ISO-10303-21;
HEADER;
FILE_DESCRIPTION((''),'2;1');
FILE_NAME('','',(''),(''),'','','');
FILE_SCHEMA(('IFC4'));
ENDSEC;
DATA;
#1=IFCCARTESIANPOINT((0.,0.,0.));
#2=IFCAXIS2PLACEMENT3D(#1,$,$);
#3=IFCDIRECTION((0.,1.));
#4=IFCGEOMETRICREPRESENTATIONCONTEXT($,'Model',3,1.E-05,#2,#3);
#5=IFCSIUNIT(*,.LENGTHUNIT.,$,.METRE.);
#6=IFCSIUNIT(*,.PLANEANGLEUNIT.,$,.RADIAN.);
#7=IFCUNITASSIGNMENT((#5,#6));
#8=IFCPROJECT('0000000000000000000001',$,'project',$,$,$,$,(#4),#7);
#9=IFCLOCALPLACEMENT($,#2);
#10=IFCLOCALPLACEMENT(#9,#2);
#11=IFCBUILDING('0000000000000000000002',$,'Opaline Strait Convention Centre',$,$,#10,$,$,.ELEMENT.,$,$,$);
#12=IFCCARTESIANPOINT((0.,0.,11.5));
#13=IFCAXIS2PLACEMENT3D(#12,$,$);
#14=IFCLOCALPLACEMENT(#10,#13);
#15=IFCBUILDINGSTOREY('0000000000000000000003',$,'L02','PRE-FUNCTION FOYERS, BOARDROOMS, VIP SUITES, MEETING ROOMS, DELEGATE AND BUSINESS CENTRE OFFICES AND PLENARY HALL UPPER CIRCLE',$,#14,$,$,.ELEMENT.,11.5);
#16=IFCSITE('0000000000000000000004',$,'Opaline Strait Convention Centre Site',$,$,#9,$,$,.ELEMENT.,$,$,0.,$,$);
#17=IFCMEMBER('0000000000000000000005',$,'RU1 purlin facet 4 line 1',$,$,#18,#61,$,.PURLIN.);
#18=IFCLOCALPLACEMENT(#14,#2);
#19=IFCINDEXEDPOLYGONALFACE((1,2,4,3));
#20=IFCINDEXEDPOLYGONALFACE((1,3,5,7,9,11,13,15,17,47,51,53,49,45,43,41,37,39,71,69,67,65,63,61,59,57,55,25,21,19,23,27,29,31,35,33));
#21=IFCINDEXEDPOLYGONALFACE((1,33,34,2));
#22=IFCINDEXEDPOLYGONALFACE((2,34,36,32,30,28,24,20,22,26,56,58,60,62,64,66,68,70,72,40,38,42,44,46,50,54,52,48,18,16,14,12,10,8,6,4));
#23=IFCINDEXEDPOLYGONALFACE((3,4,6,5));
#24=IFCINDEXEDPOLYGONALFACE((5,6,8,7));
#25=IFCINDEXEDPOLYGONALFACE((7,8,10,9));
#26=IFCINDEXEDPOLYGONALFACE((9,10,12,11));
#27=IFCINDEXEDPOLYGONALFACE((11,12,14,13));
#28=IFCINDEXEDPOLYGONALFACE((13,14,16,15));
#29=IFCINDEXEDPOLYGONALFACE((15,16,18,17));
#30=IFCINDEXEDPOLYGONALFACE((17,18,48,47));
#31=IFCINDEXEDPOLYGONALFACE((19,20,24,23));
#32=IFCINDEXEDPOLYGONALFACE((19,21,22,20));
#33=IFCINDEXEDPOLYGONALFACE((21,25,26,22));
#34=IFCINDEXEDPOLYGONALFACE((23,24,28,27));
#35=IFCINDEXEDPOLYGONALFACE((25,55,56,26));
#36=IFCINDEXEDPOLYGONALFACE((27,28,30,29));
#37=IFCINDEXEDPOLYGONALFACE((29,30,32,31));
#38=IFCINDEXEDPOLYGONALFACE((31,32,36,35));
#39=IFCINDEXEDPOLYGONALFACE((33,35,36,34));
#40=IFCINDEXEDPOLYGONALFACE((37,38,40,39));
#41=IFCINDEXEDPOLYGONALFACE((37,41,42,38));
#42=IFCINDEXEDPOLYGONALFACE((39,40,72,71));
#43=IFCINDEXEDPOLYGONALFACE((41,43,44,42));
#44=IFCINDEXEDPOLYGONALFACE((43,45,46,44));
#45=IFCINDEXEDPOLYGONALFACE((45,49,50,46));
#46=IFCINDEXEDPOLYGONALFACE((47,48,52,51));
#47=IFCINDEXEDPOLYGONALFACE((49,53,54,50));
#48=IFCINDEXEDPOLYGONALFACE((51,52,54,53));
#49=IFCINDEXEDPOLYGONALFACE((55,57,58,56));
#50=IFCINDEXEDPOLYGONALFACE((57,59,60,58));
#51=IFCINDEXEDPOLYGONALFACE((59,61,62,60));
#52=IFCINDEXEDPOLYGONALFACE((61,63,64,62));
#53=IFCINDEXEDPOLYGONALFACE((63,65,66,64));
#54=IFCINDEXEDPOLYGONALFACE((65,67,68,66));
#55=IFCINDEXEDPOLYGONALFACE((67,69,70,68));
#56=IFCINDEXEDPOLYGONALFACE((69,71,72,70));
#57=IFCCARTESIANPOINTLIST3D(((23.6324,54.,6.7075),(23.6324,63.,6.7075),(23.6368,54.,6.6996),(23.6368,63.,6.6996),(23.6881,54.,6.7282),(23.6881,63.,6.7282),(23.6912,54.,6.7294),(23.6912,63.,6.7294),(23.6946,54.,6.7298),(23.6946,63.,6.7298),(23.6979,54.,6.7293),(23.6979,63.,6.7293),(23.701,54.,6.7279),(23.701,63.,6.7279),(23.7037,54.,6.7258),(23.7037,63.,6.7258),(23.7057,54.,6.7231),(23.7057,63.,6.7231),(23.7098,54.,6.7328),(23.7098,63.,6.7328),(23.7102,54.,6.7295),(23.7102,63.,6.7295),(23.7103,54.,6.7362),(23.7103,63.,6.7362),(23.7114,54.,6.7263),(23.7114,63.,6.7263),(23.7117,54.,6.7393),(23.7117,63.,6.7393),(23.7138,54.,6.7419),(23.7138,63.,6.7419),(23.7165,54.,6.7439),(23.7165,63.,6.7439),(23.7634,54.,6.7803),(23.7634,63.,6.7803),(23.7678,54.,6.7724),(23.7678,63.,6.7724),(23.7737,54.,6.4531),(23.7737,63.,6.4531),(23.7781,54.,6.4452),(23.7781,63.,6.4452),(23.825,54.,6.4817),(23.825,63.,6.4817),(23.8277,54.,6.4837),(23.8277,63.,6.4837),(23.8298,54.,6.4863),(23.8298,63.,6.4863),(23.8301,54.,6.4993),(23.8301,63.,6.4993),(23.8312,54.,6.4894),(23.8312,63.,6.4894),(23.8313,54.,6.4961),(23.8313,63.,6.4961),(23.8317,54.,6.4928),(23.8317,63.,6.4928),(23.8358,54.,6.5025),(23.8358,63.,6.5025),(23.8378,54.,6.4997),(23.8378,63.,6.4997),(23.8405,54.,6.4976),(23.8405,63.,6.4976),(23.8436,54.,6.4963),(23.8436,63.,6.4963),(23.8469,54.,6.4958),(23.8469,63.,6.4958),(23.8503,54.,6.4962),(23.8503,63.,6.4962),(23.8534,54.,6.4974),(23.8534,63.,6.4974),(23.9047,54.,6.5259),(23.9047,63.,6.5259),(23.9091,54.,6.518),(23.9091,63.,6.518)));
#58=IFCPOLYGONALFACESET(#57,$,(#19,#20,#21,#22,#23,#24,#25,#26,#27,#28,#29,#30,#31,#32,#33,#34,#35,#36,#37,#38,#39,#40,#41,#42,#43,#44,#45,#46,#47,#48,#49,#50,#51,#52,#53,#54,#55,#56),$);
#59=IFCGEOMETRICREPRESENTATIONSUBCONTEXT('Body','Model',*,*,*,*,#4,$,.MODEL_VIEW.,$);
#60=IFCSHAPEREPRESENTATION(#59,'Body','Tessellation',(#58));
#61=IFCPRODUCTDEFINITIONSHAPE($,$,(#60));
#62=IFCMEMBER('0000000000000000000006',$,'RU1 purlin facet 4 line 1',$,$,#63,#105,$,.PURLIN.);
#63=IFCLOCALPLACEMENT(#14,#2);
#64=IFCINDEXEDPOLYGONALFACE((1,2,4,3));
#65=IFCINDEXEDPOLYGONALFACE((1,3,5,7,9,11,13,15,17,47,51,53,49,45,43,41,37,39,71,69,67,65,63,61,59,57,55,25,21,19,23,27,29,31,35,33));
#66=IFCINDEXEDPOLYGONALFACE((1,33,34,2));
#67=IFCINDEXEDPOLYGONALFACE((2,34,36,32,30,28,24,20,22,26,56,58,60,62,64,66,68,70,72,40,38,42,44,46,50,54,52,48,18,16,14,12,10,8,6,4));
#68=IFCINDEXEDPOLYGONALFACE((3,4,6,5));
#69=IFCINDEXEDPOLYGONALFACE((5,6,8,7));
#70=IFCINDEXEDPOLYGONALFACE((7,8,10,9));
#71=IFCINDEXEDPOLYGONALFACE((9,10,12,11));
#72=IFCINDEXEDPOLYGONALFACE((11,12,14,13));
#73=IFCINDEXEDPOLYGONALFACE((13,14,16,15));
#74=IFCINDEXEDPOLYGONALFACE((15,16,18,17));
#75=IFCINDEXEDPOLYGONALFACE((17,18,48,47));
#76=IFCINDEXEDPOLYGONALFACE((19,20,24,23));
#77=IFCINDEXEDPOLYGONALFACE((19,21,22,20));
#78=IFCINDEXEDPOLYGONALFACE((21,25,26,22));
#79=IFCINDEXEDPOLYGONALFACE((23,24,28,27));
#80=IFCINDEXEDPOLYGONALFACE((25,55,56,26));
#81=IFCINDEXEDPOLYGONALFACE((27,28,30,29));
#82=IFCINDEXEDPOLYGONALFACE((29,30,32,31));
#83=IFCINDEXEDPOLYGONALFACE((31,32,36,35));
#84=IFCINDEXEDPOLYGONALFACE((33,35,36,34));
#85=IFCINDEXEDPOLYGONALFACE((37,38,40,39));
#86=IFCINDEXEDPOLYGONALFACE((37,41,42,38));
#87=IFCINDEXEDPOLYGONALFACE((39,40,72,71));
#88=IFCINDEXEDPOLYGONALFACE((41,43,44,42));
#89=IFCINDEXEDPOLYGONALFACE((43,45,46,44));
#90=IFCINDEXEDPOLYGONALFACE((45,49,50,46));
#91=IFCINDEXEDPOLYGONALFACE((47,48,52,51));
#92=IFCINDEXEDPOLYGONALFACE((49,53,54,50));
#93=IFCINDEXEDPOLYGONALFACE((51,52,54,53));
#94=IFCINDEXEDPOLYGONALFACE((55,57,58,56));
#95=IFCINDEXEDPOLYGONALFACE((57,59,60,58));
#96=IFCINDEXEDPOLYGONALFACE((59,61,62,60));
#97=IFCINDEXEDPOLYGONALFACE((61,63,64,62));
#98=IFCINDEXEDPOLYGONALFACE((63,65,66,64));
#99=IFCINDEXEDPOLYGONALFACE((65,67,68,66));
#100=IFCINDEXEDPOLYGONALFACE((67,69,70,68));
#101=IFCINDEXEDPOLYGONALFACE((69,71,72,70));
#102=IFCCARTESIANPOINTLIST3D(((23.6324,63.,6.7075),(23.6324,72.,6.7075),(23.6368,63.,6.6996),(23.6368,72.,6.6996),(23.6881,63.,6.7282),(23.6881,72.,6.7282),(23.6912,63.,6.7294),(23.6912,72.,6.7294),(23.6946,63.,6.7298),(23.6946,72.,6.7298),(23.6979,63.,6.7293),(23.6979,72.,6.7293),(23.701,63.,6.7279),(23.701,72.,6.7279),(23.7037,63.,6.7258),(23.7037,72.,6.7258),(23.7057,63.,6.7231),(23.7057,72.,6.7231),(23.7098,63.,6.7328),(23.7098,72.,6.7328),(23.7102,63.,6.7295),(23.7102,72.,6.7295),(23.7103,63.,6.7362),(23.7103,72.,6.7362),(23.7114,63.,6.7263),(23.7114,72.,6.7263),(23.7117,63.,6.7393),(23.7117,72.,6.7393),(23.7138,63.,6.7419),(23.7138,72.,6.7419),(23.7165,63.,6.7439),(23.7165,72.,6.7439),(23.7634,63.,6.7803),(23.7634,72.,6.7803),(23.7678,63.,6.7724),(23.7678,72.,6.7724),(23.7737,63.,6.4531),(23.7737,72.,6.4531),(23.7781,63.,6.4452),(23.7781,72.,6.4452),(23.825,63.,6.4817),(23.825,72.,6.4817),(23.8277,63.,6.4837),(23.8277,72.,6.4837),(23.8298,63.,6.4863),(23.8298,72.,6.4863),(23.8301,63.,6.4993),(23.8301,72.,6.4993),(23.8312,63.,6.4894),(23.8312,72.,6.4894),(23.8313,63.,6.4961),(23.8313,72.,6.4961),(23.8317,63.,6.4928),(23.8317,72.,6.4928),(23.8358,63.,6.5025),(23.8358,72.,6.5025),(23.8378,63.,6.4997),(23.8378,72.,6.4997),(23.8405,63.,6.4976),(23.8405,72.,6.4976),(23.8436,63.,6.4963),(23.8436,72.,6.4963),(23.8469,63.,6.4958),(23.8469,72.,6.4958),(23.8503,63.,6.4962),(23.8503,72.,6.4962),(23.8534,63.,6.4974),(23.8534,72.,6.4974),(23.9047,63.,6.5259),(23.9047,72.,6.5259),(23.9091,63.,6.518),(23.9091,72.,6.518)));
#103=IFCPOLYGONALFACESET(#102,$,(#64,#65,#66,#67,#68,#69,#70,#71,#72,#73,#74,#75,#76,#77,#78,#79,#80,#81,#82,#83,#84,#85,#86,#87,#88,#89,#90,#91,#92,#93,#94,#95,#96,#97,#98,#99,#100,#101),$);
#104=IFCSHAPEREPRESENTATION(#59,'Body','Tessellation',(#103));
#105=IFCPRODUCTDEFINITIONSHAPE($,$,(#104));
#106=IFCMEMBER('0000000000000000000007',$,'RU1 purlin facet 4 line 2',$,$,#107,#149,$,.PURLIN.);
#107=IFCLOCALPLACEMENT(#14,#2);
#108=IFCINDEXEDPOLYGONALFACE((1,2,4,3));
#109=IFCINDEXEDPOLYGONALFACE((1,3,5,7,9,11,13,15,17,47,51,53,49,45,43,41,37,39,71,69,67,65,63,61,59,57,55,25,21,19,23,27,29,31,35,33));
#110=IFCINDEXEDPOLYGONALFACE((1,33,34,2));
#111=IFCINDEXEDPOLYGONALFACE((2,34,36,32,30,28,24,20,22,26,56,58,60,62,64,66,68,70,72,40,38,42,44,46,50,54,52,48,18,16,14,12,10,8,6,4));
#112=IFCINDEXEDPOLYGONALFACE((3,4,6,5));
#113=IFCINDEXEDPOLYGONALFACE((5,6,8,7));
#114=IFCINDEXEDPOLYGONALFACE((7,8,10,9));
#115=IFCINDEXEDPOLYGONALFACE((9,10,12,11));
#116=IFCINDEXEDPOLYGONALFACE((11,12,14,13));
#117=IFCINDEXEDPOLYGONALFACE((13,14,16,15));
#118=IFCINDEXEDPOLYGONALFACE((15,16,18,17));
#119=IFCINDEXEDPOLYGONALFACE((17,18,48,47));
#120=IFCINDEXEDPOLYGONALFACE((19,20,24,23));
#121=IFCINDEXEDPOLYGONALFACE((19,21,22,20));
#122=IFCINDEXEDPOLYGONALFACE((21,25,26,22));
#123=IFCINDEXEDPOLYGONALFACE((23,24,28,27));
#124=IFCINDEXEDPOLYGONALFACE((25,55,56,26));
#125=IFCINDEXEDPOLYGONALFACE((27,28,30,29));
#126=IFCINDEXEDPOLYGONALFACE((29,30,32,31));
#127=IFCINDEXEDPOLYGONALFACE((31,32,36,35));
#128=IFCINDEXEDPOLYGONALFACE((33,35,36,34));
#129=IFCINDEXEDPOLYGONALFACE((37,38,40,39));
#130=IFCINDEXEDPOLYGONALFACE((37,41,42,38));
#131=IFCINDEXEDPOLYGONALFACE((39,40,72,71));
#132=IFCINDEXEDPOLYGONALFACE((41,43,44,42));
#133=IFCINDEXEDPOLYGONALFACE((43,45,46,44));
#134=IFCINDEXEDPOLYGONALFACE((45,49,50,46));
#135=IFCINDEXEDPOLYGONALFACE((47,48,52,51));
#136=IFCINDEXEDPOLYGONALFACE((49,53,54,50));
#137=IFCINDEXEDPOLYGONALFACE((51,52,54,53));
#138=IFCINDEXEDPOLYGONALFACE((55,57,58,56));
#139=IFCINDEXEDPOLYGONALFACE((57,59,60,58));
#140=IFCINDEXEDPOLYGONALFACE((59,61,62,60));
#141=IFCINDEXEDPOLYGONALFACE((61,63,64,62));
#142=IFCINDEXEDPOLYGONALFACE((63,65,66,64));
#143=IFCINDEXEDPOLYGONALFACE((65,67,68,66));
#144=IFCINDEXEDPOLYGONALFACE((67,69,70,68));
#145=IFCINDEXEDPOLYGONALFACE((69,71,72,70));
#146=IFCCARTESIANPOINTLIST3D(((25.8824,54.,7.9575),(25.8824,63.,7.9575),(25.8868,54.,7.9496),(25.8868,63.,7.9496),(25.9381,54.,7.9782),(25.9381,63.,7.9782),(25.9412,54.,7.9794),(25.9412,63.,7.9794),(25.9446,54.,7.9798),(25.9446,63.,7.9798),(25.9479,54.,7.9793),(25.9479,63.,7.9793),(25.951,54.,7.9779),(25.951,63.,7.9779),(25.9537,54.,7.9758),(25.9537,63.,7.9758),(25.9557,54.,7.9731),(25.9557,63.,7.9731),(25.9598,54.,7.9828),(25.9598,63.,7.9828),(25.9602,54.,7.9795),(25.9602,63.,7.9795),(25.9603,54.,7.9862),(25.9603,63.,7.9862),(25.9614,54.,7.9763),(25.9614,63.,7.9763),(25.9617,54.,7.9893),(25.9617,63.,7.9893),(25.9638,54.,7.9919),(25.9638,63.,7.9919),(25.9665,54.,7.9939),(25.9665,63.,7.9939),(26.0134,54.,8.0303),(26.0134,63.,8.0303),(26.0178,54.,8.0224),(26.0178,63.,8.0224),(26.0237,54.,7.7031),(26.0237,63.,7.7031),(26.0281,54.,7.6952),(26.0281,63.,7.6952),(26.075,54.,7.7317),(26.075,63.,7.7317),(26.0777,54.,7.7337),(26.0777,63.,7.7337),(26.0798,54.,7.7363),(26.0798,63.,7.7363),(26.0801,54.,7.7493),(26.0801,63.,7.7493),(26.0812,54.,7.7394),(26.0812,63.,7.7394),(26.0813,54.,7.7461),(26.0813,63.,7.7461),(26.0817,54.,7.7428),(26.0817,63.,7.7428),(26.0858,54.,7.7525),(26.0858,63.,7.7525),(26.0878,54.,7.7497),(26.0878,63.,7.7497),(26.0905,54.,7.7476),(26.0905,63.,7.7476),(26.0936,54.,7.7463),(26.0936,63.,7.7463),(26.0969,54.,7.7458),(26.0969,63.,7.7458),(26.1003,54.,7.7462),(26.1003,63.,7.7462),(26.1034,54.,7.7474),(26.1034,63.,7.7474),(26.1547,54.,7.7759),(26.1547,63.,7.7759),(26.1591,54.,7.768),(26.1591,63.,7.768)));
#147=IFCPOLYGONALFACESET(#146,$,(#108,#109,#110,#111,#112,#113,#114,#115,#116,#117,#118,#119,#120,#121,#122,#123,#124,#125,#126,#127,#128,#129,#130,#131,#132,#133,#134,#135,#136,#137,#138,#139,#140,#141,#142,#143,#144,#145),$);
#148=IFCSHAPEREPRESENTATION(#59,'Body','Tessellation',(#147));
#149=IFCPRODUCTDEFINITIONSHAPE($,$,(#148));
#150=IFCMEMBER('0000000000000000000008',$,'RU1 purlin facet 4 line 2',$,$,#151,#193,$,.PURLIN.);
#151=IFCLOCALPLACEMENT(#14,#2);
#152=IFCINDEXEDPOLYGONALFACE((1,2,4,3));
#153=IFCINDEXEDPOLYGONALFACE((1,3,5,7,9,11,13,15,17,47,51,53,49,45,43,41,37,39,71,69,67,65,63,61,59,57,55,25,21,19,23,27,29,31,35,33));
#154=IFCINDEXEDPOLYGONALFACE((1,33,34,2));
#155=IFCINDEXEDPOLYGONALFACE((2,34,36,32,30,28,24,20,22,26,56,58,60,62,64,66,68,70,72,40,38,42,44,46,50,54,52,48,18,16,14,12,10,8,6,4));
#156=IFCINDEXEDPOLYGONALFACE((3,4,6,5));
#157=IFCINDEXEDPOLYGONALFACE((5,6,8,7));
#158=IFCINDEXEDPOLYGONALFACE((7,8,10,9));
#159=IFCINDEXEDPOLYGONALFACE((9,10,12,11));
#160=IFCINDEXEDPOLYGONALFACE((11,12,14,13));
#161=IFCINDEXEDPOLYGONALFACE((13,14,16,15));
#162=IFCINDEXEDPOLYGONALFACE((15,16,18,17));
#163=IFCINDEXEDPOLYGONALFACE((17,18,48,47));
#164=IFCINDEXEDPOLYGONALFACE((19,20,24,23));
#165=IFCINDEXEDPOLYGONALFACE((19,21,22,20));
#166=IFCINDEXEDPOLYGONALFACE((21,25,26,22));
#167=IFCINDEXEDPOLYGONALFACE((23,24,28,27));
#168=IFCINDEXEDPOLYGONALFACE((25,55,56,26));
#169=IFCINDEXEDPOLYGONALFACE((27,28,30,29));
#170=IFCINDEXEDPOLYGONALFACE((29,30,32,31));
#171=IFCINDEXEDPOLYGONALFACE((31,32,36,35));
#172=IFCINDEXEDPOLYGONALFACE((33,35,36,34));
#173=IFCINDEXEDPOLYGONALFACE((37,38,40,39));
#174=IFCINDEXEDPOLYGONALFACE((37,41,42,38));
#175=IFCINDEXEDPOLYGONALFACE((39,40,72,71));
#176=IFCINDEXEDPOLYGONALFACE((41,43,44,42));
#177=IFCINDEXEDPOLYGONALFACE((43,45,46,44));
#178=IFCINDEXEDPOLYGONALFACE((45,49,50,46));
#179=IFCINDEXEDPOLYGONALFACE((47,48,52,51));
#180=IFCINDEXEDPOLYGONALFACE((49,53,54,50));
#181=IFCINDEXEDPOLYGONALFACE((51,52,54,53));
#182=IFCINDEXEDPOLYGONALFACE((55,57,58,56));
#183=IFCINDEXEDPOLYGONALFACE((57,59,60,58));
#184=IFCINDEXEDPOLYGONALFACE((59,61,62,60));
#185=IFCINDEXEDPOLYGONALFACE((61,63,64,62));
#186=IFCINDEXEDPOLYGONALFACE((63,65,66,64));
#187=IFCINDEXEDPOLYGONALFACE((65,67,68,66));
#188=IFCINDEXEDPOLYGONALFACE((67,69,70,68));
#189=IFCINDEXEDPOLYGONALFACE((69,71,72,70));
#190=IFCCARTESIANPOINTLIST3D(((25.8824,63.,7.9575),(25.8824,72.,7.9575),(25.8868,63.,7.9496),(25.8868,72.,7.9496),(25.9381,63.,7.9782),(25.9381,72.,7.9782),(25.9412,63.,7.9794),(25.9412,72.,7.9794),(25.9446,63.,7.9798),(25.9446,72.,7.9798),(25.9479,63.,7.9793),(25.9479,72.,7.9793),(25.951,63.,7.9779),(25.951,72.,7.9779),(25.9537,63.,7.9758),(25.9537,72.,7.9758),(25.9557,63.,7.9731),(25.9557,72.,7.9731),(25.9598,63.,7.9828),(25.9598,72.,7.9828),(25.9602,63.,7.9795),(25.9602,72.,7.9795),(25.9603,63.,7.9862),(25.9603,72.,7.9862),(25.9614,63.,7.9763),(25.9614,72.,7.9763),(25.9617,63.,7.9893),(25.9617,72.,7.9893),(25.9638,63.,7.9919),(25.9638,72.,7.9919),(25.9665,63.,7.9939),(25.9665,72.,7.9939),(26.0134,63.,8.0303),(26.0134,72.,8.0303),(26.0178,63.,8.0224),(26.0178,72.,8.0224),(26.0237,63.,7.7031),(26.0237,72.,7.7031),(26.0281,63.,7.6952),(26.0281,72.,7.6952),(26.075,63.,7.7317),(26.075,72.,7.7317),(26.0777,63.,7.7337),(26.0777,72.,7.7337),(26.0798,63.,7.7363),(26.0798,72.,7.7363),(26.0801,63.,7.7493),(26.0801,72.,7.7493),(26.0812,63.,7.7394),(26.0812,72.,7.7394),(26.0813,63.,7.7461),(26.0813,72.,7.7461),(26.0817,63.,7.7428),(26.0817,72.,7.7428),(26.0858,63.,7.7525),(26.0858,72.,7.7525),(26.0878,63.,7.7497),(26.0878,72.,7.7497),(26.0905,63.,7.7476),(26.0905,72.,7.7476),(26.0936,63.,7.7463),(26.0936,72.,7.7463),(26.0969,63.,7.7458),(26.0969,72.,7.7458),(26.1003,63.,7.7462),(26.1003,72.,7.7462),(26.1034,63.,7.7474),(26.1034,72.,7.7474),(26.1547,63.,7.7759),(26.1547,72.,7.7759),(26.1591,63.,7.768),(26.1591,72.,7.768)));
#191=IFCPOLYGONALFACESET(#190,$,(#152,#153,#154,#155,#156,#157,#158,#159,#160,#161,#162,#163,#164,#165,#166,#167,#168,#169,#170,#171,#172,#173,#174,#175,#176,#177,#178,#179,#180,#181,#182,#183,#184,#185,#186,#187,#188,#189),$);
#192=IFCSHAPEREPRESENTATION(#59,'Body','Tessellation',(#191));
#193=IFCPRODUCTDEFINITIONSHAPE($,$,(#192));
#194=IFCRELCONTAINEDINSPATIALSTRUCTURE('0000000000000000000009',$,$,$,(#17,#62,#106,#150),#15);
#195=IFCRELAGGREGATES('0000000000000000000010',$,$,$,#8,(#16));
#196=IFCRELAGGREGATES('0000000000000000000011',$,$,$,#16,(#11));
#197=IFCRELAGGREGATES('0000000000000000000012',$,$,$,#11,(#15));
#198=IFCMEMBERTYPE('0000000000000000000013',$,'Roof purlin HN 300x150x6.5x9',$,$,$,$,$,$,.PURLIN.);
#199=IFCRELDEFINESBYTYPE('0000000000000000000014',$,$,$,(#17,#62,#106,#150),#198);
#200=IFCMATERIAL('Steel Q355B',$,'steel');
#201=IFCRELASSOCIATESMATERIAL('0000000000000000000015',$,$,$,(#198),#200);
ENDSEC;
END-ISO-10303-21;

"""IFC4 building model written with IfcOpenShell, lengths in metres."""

from ifc_helpers import new_model, si_unit, direction, frame, origin, origin_2d, place, context, subcontext, project, spatial, i_section, extrude, material, material_profile, profile_set, type_object, element, save


model = new_model("IFC4")

# Units and contexts
model_context = context("Model", 3, precision=1e-05, world=origin(), true_north=direction((0.0, 1.0)))
body_context = subcontext(model_context, "Body", "Model", "MODEL_VIEW")
ifc_project = project(units=[si_unit("LENGTHUNIT", "METRE"), si_unit("PLANEANGLEUNIT", "RADIAN")], contexts=[model_context])

# Site, building, storey
site_placement = place(None, origin())
site = spatial("IfcSite", under=ifc_project, at=site_placement, Name="Opaline Strait Convention Centre Site", CompositionType="ELEMENT", RefElevation=0.0)
building_placement = place(site_placement, origin())
building = spatial("IfcBuilding", under=site, at=building_placement, Name="Opaline Strait Convention Centre", CompositionType="ELEMENT")
storey_placement = place(building_placement, frame((0.0, 0.0, 11.5)))
storey = spatial("IfcBuildingStorey", under=building, at=storey_placement, Name="L02", Description="PRE-FUNCTION FOYERS, BOARDROOMS, VIP SUITES, MEETING ROOMS, DELEGATE AND BUSINESS CENTRE OFFICES AND PLENARY HALL UPPER CIRCLE", CompositionType="ELEMENT", Elevation=11.5)

# Shared definitions
ifc_material_1 = material(Name="Steel Q355B", Category="steel")

# Members
ifc_material_profile_1 = material_profile(ifc_material_1, i_section(OverallWidth=0.1499, OverallDepth=0.3, WebThickness=0.0066, FlangeThickness=0.009, FilletRadius=0.0129, at=origin_2d()), Name="HN 300x150x6.5x9")
ifc_profile_set_1 = profile_set([ifc_material_profile_1], Name="Steel Q355B")
member_type_1 = type_object("IfcMemberType", Name="Roof purlin HN 300x150x6.5x9", PredefinedType="PURLIN", material=ifc_profile_set_1)
for number, where, z_axis, x_axis, name in (
    (1, (23.7708, 54.0, 6.6128), (0.0, 1.0, 0.0), (-0.874157, 0.0, -0.485643), "RU1 purlin facet 4 line 1"),
    (2, (23.7708, 63.0, 6.6128), (0.0, 1.0, 0.0), (-0.874157, 0.0, -0.485643), "RU1 purlin facet 4 line 1"),
    (3, (26.0208, 54.0, 7.8628), (0.0, 1.0, 0.0), (-0.874157, 0.0, -0.485643), "RU1 purlin facet 4 line 2"),
    (4, (26.0208, 63.0, 7.8628), (0.0, 1.0, 0.0), (-0.874157, 0.0, -0.485643), "RU1 purlin facet 4 line 2"),
):
    element("IfcMember", number, at=place(storey_placement, frame(where, z_axis=z_axis, x_axis=x_axis)), inside=storey, type_object=member_type_1, Name=name, PredefinedType="PURLIN", context=body_context, shape_type="SweptSolid", body=[
        extrude(i_section(OverallWidth=0.1499, OverallDepth=0.3, WebThickness=0.0066, FlangeThickness=0.009, FilletRadius=0.0129, at=origin_2d()), origin(), (0.0, 0.0, 1.0), 9.0),
    ])

save(model, "model.ifc")
